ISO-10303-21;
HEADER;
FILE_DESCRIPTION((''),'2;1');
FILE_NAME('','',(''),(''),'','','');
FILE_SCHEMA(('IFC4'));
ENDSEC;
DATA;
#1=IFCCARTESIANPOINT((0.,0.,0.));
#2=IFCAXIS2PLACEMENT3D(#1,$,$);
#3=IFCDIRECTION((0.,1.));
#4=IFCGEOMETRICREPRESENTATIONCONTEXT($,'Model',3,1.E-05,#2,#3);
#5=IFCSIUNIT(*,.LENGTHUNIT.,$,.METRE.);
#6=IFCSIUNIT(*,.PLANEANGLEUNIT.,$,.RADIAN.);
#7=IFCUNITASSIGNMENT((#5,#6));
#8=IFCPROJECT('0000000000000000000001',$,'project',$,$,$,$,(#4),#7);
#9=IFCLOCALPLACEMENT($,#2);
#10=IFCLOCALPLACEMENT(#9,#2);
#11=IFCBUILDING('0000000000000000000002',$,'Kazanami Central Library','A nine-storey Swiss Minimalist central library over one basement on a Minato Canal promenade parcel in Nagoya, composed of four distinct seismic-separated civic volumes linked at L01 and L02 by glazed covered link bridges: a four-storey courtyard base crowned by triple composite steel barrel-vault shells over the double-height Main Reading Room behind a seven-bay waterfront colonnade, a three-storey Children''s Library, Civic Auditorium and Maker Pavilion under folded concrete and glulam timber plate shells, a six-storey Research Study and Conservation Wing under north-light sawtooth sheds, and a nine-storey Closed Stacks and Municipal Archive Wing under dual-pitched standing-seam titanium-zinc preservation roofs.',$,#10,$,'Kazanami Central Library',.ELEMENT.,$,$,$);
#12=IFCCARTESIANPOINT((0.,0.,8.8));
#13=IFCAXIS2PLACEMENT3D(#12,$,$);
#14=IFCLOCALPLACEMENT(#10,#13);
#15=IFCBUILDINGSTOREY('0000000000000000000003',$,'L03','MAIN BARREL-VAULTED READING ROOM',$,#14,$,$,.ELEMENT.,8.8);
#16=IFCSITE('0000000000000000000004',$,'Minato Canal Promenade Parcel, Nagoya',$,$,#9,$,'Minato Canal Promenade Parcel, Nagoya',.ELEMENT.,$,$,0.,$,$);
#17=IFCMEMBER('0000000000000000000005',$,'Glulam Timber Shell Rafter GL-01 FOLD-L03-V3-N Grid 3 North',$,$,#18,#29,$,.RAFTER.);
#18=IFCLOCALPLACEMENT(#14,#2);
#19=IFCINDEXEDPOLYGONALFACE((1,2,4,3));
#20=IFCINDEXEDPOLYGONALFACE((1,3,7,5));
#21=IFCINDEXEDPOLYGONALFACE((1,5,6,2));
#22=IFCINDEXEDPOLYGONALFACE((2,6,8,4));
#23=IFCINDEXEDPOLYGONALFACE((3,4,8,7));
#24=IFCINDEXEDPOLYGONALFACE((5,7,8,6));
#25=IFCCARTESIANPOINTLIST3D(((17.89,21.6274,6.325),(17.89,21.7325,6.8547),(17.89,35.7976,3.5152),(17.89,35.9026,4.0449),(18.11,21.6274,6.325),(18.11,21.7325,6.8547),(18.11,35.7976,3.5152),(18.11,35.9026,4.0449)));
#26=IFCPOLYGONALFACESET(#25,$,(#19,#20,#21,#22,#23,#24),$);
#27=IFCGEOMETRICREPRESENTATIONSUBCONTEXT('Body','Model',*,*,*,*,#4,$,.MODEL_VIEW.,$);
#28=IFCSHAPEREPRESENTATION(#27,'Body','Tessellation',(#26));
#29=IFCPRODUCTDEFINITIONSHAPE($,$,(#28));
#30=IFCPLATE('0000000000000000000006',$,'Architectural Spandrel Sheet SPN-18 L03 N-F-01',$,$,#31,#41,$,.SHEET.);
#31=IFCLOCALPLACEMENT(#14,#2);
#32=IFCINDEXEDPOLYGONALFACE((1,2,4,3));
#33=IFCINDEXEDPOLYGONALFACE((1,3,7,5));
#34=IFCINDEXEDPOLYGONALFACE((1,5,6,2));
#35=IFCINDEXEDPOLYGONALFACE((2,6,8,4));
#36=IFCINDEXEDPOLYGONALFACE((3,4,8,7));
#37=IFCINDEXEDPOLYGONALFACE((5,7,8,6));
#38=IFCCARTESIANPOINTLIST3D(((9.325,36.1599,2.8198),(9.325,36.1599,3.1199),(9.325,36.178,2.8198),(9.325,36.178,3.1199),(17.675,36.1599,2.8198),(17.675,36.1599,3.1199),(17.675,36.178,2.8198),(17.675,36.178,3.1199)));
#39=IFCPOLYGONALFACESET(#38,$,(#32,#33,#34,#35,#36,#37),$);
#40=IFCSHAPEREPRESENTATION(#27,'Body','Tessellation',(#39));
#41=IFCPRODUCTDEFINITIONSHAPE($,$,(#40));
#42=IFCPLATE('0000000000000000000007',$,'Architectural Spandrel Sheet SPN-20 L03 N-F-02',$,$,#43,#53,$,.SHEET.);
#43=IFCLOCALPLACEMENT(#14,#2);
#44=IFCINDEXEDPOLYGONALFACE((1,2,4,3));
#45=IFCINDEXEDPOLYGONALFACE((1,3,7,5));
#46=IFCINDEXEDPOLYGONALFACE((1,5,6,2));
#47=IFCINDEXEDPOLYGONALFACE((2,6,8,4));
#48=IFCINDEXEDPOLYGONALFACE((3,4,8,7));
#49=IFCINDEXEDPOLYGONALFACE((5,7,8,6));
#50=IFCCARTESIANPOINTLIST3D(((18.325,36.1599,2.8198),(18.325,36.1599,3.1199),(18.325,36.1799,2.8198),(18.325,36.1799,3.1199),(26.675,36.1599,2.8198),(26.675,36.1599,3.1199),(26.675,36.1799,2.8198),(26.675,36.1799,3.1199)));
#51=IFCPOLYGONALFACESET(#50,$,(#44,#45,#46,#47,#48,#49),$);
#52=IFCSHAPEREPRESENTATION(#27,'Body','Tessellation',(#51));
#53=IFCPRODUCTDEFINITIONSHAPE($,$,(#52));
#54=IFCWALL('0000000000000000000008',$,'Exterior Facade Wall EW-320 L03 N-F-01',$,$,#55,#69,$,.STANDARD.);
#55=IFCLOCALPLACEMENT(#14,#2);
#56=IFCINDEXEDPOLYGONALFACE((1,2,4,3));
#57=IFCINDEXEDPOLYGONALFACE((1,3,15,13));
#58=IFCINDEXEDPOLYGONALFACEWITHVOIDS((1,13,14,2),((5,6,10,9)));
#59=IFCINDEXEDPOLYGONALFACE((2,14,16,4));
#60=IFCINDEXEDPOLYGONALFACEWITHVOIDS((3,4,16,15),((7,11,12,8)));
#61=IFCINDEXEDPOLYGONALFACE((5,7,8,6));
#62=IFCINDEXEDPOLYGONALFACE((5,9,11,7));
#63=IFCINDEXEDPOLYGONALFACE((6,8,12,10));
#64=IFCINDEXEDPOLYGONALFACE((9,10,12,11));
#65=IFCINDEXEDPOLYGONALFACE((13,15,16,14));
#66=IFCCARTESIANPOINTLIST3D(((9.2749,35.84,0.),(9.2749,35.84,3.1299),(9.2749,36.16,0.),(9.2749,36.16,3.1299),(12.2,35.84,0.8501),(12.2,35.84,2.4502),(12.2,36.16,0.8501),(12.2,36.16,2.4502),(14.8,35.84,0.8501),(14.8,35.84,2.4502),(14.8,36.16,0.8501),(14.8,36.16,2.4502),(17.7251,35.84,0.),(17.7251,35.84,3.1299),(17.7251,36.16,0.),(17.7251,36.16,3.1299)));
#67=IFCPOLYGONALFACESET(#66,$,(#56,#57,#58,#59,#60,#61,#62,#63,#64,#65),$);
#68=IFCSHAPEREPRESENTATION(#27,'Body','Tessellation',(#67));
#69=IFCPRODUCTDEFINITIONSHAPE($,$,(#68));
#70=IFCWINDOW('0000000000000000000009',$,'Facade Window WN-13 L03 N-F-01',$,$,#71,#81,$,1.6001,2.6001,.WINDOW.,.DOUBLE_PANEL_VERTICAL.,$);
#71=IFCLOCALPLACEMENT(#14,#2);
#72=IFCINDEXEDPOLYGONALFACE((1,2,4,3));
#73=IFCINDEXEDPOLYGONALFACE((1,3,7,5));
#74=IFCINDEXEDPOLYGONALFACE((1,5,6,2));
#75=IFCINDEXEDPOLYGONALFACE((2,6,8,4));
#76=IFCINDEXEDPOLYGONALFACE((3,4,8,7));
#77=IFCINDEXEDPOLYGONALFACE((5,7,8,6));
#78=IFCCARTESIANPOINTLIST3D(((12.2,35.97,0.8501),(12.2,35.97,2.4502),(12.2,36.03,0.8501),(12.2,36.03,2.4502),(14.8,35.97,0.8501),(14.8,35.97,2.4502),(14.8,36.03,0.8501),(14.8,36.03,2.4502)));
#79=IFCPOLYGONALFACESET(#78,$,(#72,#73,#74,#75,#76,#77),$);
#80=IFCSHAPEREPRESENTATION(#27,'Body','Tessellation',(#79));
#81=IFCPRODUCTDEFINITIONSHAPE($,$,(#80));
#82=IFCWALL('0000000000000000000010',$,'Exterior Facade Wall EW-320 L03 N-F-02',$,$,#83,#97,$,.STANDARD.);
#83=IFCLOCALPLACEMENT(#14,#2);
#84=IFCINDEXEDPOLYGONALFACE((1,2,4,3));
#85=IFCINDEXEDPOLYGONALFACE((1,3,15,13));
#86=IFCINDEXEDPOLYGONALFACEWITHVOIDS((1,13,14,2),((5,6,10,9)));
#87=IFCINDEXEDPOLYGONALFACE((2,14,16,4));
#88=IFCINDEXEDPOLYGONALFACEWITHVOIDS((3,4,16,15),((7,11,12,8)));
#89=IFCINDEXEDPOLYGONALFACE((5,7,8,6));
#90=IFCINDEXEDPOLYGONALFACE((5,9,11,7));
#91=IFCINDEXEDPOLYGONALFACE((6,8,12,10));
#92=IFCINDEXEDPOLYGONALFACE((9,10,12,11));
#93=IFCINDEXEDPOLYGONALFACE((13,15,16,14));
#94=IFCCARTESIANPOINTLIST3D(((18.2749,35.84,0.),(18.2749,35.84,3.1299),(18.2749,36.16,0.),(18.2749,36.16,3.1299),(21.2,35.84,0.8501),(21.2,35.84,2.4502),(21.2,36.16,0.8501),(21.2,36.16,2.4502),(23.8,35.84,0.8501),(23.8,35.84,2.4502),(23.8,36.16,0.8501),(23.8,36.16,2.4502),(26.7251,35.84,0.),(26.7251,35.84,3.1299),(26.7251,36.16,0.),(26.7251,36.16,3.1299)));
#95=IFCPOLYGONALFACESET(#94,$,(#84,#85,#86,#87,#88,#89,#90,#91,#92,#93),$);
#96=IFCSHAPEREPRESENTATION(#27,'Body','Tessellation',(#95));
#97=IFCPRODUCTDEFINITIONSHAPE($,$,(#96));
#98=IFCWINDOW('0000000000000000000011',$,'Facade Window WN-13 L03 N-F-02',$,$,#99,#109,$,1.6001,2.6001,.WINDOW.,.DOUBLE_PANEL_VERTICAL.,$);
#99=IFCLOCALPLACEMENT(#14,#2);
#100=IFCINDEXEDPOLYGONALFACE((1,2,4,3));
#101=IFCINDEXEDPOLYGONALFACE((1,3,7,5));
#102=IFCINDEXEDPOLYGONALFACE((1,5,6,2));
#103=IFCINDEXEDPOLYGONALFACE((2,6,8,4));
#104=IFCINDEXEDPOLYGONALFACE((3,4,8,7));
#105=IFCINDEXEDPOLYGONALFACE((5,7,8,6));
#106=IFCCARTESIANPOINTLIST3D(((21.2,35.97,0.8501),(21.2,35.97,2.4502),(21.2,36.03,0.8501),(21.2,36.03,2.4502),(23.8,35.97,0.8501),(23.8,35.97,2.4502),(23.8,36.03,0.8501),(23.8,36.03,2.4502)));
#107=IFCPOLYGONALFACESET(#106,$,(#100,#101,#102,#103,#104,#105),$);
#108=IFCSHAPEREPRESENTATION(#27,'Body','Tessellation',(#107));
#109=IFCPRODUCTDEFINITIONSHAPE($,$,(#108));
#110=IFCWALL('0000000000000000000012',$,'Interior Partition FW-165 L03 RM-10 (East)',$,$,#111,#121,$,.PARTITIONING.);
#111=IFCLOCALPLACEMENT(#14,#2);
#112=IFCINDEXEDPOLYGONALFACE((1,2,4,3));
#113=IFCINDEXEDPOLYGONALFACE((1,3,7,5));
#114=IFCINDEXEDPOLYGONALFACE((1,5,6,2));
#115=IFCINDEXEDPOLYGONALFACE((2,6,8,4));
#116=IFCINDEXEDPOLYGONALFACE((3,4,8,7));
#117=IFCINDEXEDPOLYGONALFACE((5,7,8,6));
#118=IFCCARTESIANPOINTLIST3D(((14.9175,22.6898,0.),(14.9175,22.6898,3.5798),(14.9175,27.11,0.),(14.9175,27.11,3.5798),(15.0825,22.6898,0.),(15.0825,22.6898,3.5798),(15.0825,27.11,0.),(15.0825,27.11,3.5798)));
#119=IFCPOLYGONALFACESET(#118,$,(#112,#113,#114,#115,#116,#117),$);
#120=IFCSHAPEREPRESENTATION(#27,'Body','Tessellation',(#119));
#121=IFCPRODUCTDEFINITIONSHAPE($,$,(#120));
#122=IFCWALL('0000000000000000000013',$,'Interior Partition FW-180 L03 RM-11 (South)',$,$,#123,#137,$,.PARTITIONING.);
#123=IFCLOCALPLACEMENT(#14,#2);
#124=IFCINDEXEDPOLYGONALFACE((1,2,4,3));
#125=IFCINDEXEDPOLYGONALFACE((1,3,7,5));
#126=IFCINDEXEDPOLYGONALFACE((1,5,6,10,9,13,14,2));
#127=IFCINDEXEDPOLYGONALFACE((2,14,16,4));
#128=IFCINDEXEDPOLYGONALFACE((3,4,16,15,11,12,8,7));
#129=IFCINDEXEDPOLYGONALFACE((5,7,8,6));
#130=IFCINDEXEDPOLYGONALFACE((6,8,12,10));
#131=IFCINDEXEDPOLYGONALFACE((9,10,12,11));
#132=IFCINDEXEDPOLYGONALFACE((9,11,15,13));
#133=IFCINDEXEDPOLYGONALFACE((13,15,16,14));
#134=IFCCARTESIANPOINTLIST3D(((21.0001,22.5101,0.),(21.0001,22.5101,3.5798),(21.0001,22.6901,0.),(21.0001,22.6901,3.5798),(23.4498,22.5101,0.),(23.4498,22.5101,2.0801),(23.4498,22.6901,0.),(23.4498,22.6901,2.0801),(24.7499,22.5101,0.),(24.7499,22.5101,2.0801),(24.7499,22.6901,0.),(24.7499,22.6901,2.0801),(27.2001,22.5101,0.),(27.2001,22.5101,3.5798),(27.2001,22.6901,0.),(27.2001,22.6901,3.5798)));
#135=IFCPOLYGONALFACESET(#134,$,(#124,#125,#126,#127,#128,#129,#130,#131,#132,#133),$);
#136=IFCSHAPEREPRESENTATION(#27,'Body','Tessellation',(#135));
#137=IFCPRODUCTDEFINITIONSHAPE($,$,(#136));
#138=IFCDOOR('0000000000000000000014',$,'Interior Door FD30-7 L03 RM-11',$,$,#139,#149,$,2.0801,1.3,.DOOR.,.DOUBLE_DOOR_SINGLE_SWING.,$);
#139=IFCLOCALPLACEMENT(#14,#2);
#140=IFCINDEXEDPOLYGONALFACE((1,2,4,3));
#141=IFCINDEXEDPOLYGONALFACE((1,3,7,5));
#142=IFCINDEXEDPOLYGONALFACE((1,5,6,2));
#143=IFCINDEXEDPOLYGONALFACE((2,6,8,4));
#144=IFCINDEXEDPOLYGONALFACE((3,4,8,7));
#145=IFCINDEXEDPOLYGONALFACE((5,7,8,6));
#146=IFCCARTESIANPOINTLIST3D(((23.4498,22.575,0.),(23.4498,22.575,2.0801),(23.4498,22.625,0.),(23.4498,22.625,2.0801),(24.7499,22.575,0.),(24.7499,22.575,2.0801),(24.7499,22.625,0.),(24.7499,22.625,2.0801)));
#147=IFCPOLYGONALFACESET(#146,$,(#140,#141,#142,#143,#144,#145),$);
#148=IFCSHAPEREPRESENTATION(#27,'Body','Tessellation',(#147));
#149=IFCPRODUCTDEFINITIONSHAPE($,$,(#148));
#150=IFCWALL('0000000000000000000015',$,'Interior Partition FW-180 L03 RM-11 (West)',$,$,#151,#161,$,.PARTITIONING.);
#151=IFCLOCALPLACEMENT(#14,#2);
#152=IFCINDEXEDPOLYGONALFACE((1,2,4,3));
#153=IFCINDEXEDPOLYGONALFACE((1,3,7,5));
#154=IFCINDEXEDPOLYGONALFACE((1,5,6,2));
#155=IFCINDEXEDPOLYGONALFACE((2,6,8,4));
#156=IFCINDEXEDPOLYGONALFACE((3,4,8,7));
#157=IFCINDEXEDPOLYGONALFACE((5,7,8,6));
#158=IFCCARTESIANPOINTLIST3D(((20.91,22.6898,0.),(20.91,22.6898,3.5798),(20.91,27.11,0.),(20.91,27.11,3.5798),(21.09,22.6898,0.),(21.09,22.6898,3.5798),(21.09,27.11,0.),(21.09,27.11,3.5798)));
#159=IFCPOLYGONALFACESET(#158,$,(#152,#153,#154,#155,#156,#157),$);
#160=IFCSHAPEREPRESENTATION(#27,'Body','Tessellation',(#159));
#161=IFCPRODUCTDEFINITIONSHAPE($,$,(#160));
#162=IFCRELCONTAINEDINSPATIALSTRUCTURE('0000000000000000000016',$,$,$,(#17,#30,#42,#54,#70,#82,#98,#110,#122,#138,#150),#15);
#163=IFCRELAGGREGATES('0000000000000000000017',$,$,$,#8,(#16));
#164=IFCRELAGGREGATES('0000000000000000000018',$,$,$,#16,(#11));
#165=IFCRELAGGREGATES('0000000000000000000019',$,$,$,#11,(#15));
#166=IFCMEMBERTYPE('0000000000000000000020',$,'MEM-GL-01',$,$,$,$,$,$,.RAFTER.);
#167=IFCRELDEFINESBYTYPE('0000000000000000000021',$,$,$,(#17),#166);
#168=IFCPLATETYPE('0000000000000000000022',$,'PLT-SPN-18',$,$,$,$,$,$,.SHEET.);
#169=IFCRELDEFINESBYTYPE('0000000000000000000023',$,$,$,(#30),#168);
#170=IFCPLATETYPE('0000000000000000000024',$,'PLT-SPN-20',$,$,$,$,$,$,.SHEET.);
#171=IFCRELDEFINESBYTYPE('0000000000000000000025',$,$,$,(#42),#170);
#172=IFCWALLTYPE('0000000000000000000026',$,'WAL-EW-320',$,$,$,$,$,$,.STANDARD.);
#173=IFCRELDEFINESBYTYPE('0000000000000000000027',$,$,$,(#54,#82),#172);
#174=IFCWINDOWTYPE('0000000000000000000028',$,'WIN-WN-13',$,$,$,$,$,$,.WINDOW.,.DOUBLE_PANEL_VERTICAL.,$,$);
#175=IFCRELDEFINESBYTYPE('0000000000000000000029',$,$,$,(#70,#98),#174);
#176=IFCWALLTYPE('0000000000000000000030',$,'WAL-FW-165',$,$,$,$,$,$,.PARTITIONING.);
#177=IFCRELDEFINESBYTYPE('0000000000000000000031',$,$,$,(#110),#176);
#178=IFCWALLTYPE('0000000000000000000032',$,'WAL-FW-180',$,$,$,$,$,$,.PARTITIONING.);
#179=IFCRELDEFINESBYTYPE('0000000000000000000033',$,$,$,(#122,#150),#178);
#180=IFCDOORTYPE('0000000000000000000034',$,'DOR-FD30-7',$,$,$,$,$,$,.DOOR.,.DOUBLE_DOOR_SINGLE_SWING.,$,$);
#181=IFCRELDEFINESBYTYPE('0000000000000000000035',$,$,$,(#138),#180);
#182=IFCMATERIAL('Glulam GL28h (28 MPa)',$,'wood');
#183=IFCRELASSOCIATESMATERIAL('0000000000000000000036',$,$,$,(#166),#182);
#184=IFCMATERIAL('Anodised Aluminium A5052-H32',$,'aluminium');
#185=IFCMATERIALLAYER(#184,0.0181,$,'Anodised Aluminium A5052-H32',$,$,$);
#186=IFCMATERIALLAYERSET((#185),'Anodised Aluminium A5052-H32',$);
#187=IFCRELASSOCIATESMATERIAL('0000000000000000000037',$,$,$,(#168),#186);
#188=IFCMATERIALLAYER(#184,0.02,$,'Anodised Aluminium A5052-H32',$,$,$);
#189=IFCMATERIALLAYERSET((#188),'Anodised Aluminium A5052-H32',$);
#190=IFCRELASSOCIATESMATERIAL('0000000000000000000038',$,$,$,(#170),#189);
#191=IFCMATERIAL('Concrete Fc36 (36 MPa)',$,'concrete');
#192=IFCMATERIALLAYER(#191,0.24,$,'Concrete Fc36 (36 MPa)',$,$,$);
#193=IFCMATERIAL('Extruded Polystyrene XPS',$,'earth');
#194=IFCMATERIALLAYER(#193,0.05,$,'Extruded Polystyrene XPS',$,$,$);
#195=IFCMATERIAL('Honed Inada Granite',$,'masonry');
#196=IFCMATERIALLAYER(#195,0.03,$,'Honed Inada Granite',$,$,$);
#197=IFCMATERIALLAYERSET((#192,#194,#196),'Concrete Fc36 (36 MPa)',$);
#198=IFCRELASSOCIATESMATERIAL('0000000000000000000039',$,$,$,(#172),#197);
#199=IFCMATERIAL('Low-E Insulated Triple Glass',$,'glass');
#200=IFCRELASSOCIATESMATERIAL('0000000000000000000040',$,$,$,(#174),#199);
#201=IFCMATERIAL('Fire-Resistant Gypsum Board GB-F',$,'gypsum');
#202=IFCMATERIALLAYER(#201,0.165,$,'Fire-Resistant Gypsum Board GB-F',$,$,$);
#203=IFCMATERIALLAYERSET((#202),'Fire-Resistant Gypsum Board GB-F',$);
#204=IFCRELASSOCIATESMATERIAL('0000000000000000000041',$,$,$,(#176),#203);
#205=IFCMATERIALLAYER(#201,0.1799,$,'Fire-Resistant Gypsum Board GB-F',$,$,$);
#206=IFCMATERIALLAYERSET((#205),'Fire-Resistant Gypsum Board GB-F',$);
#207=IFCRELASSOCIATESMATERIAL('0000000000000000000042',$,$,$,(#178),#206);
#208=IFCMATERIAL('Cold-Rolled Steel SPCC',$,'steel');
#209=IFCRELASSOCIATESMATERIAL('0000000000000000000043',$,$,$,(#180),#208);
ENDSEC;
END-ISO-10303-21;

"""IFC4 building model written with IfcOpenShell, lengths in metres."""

from ifc_helpers import new_model, si_unit, direction, frame, frame_2d, origin, origin_2d, place, context, subcontext, project, spatial, rectangle, extrude, material, layer, layer_set, material_profile, profile_set, type_object, element, fill, save


model = new_model("IFC4")

# Units and contexts
model_context = context("Model", 3, precision=1e-05, world=origin(), true_north=direction((0.0, 1.0)))
body_context = subcontext(model_context, "Body", "Model", "MODEL_VIEW")
ifc_project = project(units=[si_unit("LENGTHUNIT", "METRE"), si_unit("PLANEANGLEUNIT", "RADIAN")], contexts=[model_context])

# Site, building, storey
site_placement = place(None, origin())
site = spatial("IfcSite", under=ifc_project, at=site_placement, Name="Minato Canal Promenade Parcel, Nagoya", LongName="Minato Canal Promenade Parcel, Nagoya", CompositionType="ELEMENT", RefElevation=0.0)
building_placement = place(site_placement, origin())
building = spatial("IfcBuilding", under=site, at=building_placement, Name="Kazanami Central Library", Description="A nine-storey Swiss Minimalist central library over one basement on a Minato Canal promenade parcel in Nagoya, composed of four distinct seismic-separated civic volumes linked at L01 and L02 by glazed covered link bridges: a four-storey courtyard base crowned by triple composite steel barrel-vault shells over the double-height Main Reading Room behind a seven-bay waterfront colonnade, a three-storey Children's Library, Civic Auditorium and Maker Pavilion under folded concrete and glulam timber plate shells, a six-storey Research Study and Conservation Wing under north-light sawtooth sheds, and a nine-storey Closed Stacks and Municipal Archive Wing under dual-pitched standing-seam titanium-zinc preservation roofs.", LongName="Kazanami Central Library", CompositionType="ELEMENT")
storey_placement = place(building_placement, frame((0.0, 0.0, 8.8)))
storey = spatial("IfcBuildingStorey", under=building, at=storey_placement, Name="L03", Description="MAIN BARREL-VAULTED READING ROOM", CompositionType="ELEMENT", Elevation=8.8)

# Member
ifc_material_1 = material(Name="Glulam GL28h (28 MPa)", Category="wood")
ifc_material_profile_1 = material_profile(ifc_material_1, rectangle(XDim=0.22, YDim=0.54, at=origin_2d()), Name="GL28h-220x540")
ifc_profile_set_1 = profile_set([ifc_material_profile_1], Name="Glulam GL28h (28 MPa)")
member_type = type_object("IfcMemberType", Name="MEM-GL-01", PredefinedType="RAFTER", material=ifc_profile_set_1)
member_placement = place(storey_placement, frame((18.0, 35.8501, 3.78), z_axis=(0.0, -0.980902, 0.194504), x_axis=(1.0, 0.0, 0.0)))
element("IfcMember", 1, at=member_placement, inside=storey, type_object=member_type, Name="Glulam Timber Shell Rafter GL-01 FOLD-L03-V3-N Grid 3 North", PredefinedType="RAFTER", context=body_context, shape_type="SweptSolid", body=[
    extrude(rectangle(XDim=0.22, YDim=0.54, at=origin_2d()), origin(), (0.0, 0.0, 1.0), 14.446),
])

# Plates
ifc_material_2 = material(Name="Anodised Aluminium A5052-H32", Category="aluminium")
ifc_layer_1 = layer(ifc_material_2, 0.0181, Name="Anodised Aluminium A5052-H32")
ifc_layer_set_1 = layer_set([ifc_layer_1], Name="Anodised Aluminium A5052-H32")
plate_type_1 = type_object("IfcPlateType", Name="PLT-SPN-18", PredefinedType="SHEET", material=ifc_layer_set_1)
plate_1_placement = place(storey_placement, frame((13.5, 36.1689, 2.8198), z_axis=(0.0, 0.0, 1.0), x_axis=(-1.0, 0.0, 0.0)))
element("IfcPlate", 2, at=plate_1_placement, inside=storey, type_object=plate_type_1, Name="Architectural Spandrel Sheet SPN-18 L03 N-F-01", PredefinedType="SHEET", context=body_context, shape_type="SweptSolid", body=[
    extrude(rectangle(XDim=8.3501, YDim=0.0181, at=origin_2d()), origin(), (0.0, 0.0, 1.0), 0.3),
])
ifc_layer_2 = layer(ifc_material_2, 0.02, Name="Anodised Aluminium A5052-H32")
ifc_layer_set_2 = layer_set([ifc_layer_2], Name="Anodised Aluminium A5052-H32")
plate_type_2 = type_object("IfcPlateType", Name="PLT-SPN-20", PredefinedType="SHEET", material=ifc_layer_set_2)
plate_2_placement = place(storey_placement, frame((22.5, 36.1699, 2.8198), z_axis=(0.0, 0.0, 1.0), x_axis=(-1.0, 0.0, 0.0)))
element("IfcPlate", 3, at=plate_2_placement, inside=storey, type_object=plate_type_2, Name="Architectural Spandrel Sheet SPN-20 L03 N-F-02", PredefinedType="SHEET", context=body_context, shape_type="SweptSolid", body=[
    extrude(rectangle(XDim=8.3501, YDim=0.02, at=origin_2d()), origin(), (0.0, 0.0, 1.0), 0.3),
])

# Walls, openings, windows
ifc_material_3 = material(Name="Concrete Fc36 (36 MPa)", Category="concrete")
ifc_layer_3 = layer(ifc_material_3, 0.24, Name="Concrete Fc36 (36 MPa)")
ifc_material_4 = material(Name="Extruded Polystyrene XPS", Category="earth")
ifc_layer_4 = layer(ifc_material_4, 0.05, Name="Extruded Polystyrene XPS")
ifc_material_5 = material(Name="Honed Inada Granite", Category="masonry")
ifc_layer_5 = layer(ifc_material_5, 0.03, Name="Honed Inada Granite")
ifc_layer_set_3 = layer_set([ifc_layer_3, ifc_layer_4, ifc_layer_5], Name="Concrete Fc36 (36 MPa)")
wall_type_1 = type_object("IfcWallType", Name="WAL-EW-320", PredefinedType="STANDARD", material=ifc_layer_set_3)
wall_1_placement = place(storey_placement, frame((17.7251, 36.0, 0.0), z_axis=(0.0, 0.0, 1.0), x_axis=(-1.0, 0.0, 0.0)))
wall_1 = element("IfcWall", 4, at=wall_1_placement, inside=storey, type_object=wall_type_1, Name="Exterior Facade Wall EW-320 L03 N-F-01", PredefinedType="STANDARD", context=body_context, shape_type="SweptSolid", body=[
    extrude(rectangle(XDim=8.4502, YDim=0.3201, at=frame_2d((4.2251, 0.0))), origin(), (0.0, 0.0, 1.0), 3.1299),
])
opening_1_placement = place(wall_1_placement, frame((2.925, 0.0, 0.8501)))
opening_1 = element("IfcOpeningElement", 5, at=opening_1_placement, cuts=wall_1, PredefinedType="OPENING", context=body_context, shape_type="SweptSolid", body=[
    extrude(rectangle(XDim=2.6001, YDim=1.6001, at=frame_2d((1.3, 0.8))), frame((0.0, 0.1719, 0.0), z_axis=(0.0, -1.0, 0.0), x_axis=(1.0, 0.0, 0.0)), (0.0, 0.0, 1.0), 0.344),
])
ifc_material_6 = material(Name="Low-E Insulated Triple Glass", Category="glass")
window_type = type_object("IfcWindowType", Name="WIN-WN-13", PartitioningType="DOUBLE_PANEL_VERTICAL", PredefinedType="WINDOW", material=ifc_material_6)
window_1_placement = place(opening_1_placement, origin())
window_1 = element("IfcWindow", 6, at=window_1_placement, inside=storey, type_object=window_type, Name="Facade Window WN-13 L03 N-F-01", OverallHeight=1.6001, OverallWidth=2.6001, PartitioningType="DOUBLE_PANEL_VERTICAL", PredefinedType="WINDOW", context=body_context, shape_type="SweptSolid", body=[
    extrude(rectangle(XDim=2.6001, YDim=1.6001, at=frame_2d((1.3, 0.8))), frame((0.0, 0.03, 0.0), z_axis=(0.0, -1.0, 0.0), x_axis=(1.0, 0.0, 0.0)), (0.0, 0.0, 1.0), 0.0601),
])
fill(opening_1, window_1)
wall_2_placement = place(storey_placement, frame((26.7251, 36.0, 0.0), z_axis=(0.0, 0.0, 1.0), x_axis=(-1.0, 0.0, 0.0)))
wall_2 = element("IfcWall", 7, at=wall_2_placement, inside=storey, type_object=wall_type_1, Name="Exterior Facade Wall EW-320 L03 N-F-02", PredefinedType="STANDARD", context=body_context, shape_type="SweptSolid", body=[
    extrude(rectangle(XDim=8.4502, YDim=0.3201, at=frame_2d((4.2251, 0.0))), origin(), (0.0, 0.0, 1.0), 3.1299),
])
opening_2_placement = place(wall_2_placement, frame((2.925, 0.0, 0.8501)))
opening_2 = element("IfcOpeningElement", 8, at=opening_2_placement, cuts=wall_2, PredefinedType="OPENING", context=body_context, shape_type="SweptSolid", body=[
    extrude(rectangle(XDim=2.6001, YDim=1.6001, at=frame_2d((1.3, 0.8))), frame((0.0, 0.1719, 0.0), z_axis=(0.0, -1.0, 0.0), x_axis=(1.0, 0.0, 0.0)), (0.0, 0.0, 1.0), 0.344),
])
window_2_placement = place(opening_2_placement, origin())
window_2 = element("IfcWindow", 9, at=window_2_placement, inside=storey, type_object=window_type, Name="Facade Window WN-13 L03 N-F-02", OverallHeight=1.6001, OverallWidth=2.6001, PartitioningType="DOUBLE_PANEL_VERTICAL", PredefinedType="WINDOW", context=body_context, shape_type="SweptSolid", body=[
    extrude(rectangle(XDim=2.6001, YDim=1.6001, at=frame_2d((1.3, 0.8))), frame((0.0, 0.03, 0.0), z_axis=(0.0, -1.0, 0.0), x_axis=(1.0, 0.0, 0.0)), (0.0, 0.0, 1.0), 0.0601),
])
fill(opening_2, window_2)

# Wall
ifc_material_7 = material(Name="Fire-Resistant Gypsum Board GB-F", Category="gypsum")
ifc_layer_6 = layer(ifc_material_7, 0.165, Name="Fire-Resistant Gypsum Board GB-F")
ifc_layer_set_4 = layer_set([ifc_layer_6], Name="Fire-Resistant Gypsum Board GB-F")
wall_type_2 = type_object("IfcWallType", Name="WAL-FW-165", PredefinedType="PARTITIONING", material=ifc_layer_set_4)
wall_3_placement = place(storey_placement, frame((15.0, 22.6899, 0.0), z_axis=(0.0, 0.0, 1.0), x_axis=(0.0, 1.0, 0.0)))
element("IfcWall", 10, at=wall_3_placement, inside=storey, type_object=wall_type_2, Name="Interior Partition FW-165 L03 RM-10 (East)", PredefinedType="PARTITIONING", context=body_context, shape_type="SweptSolid", body=[
    extrude(rectangle(XDim=4.4202, YDim=0.165, at=frame_2d((2.21, 0.0))), origin(), (0.0, 0.0, 1.0), 3.5798),
])

# Wall, opening, door
ifc_layer_7 = layer(ifc_material_7, 0.1799, Name="Fire-Resistant Gypsum Board GB-F")
ifc_layer_set_5 = layer_set([ifc_layer_7], Name="Fire-Resistant Gypsum Board GB-F")
wall_type_3 = type_object("IfcWallType", Name="WAL-FW-180", PredefinedType="PARTITIONING", material=ifc_layer_set_5)
wall_4_placement = place(storey_placement, frame((21.0, 22.6001, 0.0), z_axis=(0.0, 0.0, 1.0), x_axis=(1.0, 0.0, 0.0)))
wall_4 = element("IfcWall", 11, at=wall_4_placement, inside=storey, type_object=wall_type_3, Name="Interior Partition FW-180 L03 RM-11 (South)", PredefinedType="PARTITIONING", context=body_context, shape_type="SweptSolid", body=[
    extrude(rectangle(XDim=6.2, YDim=0.1799, at=frame_2d((3.1001, 0.0))), origin(), (0.0, 0.0, 1.0), 3.5798),
])
opening_3_placement = place(wall_4_placement, frame((2.45, 0.0, 0.0)))
opening_3 = element("IfcOpeningElement", 12, at=opening_3_placement, cuts=wall_4, PredefinedType="OPENING", context=body_context, shape_type="SweptSolid", body=[
    extrude(rectangle(XDim=1.3, YDim=2.0801, at=frame_2d((0.6499, 1.04))), frame((0.0, 0.1021, 0.0), z_axis=(0.0, -1.0, 0.0), x_axis=(1.0, 0.0, 0.0)), (0.0, 0.0, 1.0), 0.2039),
])
ifc_material_8 = material(Name="Cold-Rolled Steel SPCC", Category="steel")
door_type = type_object("IfcDoorType", Name="DOR-FD30-7", OperationType="DOUBLE_DOOR_SINGLE_SWING", PredefinedType="DOOR", material=ifc_material_8)
door_placement = place(opening_3_placement, origin())
door = element("IfcDoor", 13, at=door_placement, inside=storey, type_object=door_type, Name="Interior Door FD30-7 L03 RM-11", OperationType="DOUBLE_DOOR_SINGLE_SWING", OverallHeight=2.0801, OverallWidth=1.3, PredefinedType="DOOR", context=body_context, shape_type="SweptSolid", body=[
    extrude(rectangle(XDim=1.3, YDim=2.0801, at=frame_2d((0.6499, 1.04))), frame((0.0, 0.0249, 0.0), z_axis=(0.0, -1.0, 0.0), x_axis=(1.0, 0.0, 0.0)), (0.0, 0.0, 1.0), 0.05),
])
fill(opening_3, door)

# Wall
wall_5_placement = place(storey_placement, frame((21.0, 22.6899, 0.0), z_axis=(0.0, 0.0, 1.0), x_axis=(0.0, 1.0, 0.0)))
element("IfcWall", 14, at=wall_5_placement, inside=storey, type_object=wall_type_3, Name="Interior Partition FW-180 L03 RM-11 (West)", PredefinedType="PARTITIONING", context=body_context, shape_type="SweptSolid", body=[
    extrude(rectangle(XDim=4.4202, YDim=0.1799, at=frame_2d((2.21, 0.0))), origin(), (0.0, 0.0, 1.0), 3.5798),
])

save(model, "model.ifc")
